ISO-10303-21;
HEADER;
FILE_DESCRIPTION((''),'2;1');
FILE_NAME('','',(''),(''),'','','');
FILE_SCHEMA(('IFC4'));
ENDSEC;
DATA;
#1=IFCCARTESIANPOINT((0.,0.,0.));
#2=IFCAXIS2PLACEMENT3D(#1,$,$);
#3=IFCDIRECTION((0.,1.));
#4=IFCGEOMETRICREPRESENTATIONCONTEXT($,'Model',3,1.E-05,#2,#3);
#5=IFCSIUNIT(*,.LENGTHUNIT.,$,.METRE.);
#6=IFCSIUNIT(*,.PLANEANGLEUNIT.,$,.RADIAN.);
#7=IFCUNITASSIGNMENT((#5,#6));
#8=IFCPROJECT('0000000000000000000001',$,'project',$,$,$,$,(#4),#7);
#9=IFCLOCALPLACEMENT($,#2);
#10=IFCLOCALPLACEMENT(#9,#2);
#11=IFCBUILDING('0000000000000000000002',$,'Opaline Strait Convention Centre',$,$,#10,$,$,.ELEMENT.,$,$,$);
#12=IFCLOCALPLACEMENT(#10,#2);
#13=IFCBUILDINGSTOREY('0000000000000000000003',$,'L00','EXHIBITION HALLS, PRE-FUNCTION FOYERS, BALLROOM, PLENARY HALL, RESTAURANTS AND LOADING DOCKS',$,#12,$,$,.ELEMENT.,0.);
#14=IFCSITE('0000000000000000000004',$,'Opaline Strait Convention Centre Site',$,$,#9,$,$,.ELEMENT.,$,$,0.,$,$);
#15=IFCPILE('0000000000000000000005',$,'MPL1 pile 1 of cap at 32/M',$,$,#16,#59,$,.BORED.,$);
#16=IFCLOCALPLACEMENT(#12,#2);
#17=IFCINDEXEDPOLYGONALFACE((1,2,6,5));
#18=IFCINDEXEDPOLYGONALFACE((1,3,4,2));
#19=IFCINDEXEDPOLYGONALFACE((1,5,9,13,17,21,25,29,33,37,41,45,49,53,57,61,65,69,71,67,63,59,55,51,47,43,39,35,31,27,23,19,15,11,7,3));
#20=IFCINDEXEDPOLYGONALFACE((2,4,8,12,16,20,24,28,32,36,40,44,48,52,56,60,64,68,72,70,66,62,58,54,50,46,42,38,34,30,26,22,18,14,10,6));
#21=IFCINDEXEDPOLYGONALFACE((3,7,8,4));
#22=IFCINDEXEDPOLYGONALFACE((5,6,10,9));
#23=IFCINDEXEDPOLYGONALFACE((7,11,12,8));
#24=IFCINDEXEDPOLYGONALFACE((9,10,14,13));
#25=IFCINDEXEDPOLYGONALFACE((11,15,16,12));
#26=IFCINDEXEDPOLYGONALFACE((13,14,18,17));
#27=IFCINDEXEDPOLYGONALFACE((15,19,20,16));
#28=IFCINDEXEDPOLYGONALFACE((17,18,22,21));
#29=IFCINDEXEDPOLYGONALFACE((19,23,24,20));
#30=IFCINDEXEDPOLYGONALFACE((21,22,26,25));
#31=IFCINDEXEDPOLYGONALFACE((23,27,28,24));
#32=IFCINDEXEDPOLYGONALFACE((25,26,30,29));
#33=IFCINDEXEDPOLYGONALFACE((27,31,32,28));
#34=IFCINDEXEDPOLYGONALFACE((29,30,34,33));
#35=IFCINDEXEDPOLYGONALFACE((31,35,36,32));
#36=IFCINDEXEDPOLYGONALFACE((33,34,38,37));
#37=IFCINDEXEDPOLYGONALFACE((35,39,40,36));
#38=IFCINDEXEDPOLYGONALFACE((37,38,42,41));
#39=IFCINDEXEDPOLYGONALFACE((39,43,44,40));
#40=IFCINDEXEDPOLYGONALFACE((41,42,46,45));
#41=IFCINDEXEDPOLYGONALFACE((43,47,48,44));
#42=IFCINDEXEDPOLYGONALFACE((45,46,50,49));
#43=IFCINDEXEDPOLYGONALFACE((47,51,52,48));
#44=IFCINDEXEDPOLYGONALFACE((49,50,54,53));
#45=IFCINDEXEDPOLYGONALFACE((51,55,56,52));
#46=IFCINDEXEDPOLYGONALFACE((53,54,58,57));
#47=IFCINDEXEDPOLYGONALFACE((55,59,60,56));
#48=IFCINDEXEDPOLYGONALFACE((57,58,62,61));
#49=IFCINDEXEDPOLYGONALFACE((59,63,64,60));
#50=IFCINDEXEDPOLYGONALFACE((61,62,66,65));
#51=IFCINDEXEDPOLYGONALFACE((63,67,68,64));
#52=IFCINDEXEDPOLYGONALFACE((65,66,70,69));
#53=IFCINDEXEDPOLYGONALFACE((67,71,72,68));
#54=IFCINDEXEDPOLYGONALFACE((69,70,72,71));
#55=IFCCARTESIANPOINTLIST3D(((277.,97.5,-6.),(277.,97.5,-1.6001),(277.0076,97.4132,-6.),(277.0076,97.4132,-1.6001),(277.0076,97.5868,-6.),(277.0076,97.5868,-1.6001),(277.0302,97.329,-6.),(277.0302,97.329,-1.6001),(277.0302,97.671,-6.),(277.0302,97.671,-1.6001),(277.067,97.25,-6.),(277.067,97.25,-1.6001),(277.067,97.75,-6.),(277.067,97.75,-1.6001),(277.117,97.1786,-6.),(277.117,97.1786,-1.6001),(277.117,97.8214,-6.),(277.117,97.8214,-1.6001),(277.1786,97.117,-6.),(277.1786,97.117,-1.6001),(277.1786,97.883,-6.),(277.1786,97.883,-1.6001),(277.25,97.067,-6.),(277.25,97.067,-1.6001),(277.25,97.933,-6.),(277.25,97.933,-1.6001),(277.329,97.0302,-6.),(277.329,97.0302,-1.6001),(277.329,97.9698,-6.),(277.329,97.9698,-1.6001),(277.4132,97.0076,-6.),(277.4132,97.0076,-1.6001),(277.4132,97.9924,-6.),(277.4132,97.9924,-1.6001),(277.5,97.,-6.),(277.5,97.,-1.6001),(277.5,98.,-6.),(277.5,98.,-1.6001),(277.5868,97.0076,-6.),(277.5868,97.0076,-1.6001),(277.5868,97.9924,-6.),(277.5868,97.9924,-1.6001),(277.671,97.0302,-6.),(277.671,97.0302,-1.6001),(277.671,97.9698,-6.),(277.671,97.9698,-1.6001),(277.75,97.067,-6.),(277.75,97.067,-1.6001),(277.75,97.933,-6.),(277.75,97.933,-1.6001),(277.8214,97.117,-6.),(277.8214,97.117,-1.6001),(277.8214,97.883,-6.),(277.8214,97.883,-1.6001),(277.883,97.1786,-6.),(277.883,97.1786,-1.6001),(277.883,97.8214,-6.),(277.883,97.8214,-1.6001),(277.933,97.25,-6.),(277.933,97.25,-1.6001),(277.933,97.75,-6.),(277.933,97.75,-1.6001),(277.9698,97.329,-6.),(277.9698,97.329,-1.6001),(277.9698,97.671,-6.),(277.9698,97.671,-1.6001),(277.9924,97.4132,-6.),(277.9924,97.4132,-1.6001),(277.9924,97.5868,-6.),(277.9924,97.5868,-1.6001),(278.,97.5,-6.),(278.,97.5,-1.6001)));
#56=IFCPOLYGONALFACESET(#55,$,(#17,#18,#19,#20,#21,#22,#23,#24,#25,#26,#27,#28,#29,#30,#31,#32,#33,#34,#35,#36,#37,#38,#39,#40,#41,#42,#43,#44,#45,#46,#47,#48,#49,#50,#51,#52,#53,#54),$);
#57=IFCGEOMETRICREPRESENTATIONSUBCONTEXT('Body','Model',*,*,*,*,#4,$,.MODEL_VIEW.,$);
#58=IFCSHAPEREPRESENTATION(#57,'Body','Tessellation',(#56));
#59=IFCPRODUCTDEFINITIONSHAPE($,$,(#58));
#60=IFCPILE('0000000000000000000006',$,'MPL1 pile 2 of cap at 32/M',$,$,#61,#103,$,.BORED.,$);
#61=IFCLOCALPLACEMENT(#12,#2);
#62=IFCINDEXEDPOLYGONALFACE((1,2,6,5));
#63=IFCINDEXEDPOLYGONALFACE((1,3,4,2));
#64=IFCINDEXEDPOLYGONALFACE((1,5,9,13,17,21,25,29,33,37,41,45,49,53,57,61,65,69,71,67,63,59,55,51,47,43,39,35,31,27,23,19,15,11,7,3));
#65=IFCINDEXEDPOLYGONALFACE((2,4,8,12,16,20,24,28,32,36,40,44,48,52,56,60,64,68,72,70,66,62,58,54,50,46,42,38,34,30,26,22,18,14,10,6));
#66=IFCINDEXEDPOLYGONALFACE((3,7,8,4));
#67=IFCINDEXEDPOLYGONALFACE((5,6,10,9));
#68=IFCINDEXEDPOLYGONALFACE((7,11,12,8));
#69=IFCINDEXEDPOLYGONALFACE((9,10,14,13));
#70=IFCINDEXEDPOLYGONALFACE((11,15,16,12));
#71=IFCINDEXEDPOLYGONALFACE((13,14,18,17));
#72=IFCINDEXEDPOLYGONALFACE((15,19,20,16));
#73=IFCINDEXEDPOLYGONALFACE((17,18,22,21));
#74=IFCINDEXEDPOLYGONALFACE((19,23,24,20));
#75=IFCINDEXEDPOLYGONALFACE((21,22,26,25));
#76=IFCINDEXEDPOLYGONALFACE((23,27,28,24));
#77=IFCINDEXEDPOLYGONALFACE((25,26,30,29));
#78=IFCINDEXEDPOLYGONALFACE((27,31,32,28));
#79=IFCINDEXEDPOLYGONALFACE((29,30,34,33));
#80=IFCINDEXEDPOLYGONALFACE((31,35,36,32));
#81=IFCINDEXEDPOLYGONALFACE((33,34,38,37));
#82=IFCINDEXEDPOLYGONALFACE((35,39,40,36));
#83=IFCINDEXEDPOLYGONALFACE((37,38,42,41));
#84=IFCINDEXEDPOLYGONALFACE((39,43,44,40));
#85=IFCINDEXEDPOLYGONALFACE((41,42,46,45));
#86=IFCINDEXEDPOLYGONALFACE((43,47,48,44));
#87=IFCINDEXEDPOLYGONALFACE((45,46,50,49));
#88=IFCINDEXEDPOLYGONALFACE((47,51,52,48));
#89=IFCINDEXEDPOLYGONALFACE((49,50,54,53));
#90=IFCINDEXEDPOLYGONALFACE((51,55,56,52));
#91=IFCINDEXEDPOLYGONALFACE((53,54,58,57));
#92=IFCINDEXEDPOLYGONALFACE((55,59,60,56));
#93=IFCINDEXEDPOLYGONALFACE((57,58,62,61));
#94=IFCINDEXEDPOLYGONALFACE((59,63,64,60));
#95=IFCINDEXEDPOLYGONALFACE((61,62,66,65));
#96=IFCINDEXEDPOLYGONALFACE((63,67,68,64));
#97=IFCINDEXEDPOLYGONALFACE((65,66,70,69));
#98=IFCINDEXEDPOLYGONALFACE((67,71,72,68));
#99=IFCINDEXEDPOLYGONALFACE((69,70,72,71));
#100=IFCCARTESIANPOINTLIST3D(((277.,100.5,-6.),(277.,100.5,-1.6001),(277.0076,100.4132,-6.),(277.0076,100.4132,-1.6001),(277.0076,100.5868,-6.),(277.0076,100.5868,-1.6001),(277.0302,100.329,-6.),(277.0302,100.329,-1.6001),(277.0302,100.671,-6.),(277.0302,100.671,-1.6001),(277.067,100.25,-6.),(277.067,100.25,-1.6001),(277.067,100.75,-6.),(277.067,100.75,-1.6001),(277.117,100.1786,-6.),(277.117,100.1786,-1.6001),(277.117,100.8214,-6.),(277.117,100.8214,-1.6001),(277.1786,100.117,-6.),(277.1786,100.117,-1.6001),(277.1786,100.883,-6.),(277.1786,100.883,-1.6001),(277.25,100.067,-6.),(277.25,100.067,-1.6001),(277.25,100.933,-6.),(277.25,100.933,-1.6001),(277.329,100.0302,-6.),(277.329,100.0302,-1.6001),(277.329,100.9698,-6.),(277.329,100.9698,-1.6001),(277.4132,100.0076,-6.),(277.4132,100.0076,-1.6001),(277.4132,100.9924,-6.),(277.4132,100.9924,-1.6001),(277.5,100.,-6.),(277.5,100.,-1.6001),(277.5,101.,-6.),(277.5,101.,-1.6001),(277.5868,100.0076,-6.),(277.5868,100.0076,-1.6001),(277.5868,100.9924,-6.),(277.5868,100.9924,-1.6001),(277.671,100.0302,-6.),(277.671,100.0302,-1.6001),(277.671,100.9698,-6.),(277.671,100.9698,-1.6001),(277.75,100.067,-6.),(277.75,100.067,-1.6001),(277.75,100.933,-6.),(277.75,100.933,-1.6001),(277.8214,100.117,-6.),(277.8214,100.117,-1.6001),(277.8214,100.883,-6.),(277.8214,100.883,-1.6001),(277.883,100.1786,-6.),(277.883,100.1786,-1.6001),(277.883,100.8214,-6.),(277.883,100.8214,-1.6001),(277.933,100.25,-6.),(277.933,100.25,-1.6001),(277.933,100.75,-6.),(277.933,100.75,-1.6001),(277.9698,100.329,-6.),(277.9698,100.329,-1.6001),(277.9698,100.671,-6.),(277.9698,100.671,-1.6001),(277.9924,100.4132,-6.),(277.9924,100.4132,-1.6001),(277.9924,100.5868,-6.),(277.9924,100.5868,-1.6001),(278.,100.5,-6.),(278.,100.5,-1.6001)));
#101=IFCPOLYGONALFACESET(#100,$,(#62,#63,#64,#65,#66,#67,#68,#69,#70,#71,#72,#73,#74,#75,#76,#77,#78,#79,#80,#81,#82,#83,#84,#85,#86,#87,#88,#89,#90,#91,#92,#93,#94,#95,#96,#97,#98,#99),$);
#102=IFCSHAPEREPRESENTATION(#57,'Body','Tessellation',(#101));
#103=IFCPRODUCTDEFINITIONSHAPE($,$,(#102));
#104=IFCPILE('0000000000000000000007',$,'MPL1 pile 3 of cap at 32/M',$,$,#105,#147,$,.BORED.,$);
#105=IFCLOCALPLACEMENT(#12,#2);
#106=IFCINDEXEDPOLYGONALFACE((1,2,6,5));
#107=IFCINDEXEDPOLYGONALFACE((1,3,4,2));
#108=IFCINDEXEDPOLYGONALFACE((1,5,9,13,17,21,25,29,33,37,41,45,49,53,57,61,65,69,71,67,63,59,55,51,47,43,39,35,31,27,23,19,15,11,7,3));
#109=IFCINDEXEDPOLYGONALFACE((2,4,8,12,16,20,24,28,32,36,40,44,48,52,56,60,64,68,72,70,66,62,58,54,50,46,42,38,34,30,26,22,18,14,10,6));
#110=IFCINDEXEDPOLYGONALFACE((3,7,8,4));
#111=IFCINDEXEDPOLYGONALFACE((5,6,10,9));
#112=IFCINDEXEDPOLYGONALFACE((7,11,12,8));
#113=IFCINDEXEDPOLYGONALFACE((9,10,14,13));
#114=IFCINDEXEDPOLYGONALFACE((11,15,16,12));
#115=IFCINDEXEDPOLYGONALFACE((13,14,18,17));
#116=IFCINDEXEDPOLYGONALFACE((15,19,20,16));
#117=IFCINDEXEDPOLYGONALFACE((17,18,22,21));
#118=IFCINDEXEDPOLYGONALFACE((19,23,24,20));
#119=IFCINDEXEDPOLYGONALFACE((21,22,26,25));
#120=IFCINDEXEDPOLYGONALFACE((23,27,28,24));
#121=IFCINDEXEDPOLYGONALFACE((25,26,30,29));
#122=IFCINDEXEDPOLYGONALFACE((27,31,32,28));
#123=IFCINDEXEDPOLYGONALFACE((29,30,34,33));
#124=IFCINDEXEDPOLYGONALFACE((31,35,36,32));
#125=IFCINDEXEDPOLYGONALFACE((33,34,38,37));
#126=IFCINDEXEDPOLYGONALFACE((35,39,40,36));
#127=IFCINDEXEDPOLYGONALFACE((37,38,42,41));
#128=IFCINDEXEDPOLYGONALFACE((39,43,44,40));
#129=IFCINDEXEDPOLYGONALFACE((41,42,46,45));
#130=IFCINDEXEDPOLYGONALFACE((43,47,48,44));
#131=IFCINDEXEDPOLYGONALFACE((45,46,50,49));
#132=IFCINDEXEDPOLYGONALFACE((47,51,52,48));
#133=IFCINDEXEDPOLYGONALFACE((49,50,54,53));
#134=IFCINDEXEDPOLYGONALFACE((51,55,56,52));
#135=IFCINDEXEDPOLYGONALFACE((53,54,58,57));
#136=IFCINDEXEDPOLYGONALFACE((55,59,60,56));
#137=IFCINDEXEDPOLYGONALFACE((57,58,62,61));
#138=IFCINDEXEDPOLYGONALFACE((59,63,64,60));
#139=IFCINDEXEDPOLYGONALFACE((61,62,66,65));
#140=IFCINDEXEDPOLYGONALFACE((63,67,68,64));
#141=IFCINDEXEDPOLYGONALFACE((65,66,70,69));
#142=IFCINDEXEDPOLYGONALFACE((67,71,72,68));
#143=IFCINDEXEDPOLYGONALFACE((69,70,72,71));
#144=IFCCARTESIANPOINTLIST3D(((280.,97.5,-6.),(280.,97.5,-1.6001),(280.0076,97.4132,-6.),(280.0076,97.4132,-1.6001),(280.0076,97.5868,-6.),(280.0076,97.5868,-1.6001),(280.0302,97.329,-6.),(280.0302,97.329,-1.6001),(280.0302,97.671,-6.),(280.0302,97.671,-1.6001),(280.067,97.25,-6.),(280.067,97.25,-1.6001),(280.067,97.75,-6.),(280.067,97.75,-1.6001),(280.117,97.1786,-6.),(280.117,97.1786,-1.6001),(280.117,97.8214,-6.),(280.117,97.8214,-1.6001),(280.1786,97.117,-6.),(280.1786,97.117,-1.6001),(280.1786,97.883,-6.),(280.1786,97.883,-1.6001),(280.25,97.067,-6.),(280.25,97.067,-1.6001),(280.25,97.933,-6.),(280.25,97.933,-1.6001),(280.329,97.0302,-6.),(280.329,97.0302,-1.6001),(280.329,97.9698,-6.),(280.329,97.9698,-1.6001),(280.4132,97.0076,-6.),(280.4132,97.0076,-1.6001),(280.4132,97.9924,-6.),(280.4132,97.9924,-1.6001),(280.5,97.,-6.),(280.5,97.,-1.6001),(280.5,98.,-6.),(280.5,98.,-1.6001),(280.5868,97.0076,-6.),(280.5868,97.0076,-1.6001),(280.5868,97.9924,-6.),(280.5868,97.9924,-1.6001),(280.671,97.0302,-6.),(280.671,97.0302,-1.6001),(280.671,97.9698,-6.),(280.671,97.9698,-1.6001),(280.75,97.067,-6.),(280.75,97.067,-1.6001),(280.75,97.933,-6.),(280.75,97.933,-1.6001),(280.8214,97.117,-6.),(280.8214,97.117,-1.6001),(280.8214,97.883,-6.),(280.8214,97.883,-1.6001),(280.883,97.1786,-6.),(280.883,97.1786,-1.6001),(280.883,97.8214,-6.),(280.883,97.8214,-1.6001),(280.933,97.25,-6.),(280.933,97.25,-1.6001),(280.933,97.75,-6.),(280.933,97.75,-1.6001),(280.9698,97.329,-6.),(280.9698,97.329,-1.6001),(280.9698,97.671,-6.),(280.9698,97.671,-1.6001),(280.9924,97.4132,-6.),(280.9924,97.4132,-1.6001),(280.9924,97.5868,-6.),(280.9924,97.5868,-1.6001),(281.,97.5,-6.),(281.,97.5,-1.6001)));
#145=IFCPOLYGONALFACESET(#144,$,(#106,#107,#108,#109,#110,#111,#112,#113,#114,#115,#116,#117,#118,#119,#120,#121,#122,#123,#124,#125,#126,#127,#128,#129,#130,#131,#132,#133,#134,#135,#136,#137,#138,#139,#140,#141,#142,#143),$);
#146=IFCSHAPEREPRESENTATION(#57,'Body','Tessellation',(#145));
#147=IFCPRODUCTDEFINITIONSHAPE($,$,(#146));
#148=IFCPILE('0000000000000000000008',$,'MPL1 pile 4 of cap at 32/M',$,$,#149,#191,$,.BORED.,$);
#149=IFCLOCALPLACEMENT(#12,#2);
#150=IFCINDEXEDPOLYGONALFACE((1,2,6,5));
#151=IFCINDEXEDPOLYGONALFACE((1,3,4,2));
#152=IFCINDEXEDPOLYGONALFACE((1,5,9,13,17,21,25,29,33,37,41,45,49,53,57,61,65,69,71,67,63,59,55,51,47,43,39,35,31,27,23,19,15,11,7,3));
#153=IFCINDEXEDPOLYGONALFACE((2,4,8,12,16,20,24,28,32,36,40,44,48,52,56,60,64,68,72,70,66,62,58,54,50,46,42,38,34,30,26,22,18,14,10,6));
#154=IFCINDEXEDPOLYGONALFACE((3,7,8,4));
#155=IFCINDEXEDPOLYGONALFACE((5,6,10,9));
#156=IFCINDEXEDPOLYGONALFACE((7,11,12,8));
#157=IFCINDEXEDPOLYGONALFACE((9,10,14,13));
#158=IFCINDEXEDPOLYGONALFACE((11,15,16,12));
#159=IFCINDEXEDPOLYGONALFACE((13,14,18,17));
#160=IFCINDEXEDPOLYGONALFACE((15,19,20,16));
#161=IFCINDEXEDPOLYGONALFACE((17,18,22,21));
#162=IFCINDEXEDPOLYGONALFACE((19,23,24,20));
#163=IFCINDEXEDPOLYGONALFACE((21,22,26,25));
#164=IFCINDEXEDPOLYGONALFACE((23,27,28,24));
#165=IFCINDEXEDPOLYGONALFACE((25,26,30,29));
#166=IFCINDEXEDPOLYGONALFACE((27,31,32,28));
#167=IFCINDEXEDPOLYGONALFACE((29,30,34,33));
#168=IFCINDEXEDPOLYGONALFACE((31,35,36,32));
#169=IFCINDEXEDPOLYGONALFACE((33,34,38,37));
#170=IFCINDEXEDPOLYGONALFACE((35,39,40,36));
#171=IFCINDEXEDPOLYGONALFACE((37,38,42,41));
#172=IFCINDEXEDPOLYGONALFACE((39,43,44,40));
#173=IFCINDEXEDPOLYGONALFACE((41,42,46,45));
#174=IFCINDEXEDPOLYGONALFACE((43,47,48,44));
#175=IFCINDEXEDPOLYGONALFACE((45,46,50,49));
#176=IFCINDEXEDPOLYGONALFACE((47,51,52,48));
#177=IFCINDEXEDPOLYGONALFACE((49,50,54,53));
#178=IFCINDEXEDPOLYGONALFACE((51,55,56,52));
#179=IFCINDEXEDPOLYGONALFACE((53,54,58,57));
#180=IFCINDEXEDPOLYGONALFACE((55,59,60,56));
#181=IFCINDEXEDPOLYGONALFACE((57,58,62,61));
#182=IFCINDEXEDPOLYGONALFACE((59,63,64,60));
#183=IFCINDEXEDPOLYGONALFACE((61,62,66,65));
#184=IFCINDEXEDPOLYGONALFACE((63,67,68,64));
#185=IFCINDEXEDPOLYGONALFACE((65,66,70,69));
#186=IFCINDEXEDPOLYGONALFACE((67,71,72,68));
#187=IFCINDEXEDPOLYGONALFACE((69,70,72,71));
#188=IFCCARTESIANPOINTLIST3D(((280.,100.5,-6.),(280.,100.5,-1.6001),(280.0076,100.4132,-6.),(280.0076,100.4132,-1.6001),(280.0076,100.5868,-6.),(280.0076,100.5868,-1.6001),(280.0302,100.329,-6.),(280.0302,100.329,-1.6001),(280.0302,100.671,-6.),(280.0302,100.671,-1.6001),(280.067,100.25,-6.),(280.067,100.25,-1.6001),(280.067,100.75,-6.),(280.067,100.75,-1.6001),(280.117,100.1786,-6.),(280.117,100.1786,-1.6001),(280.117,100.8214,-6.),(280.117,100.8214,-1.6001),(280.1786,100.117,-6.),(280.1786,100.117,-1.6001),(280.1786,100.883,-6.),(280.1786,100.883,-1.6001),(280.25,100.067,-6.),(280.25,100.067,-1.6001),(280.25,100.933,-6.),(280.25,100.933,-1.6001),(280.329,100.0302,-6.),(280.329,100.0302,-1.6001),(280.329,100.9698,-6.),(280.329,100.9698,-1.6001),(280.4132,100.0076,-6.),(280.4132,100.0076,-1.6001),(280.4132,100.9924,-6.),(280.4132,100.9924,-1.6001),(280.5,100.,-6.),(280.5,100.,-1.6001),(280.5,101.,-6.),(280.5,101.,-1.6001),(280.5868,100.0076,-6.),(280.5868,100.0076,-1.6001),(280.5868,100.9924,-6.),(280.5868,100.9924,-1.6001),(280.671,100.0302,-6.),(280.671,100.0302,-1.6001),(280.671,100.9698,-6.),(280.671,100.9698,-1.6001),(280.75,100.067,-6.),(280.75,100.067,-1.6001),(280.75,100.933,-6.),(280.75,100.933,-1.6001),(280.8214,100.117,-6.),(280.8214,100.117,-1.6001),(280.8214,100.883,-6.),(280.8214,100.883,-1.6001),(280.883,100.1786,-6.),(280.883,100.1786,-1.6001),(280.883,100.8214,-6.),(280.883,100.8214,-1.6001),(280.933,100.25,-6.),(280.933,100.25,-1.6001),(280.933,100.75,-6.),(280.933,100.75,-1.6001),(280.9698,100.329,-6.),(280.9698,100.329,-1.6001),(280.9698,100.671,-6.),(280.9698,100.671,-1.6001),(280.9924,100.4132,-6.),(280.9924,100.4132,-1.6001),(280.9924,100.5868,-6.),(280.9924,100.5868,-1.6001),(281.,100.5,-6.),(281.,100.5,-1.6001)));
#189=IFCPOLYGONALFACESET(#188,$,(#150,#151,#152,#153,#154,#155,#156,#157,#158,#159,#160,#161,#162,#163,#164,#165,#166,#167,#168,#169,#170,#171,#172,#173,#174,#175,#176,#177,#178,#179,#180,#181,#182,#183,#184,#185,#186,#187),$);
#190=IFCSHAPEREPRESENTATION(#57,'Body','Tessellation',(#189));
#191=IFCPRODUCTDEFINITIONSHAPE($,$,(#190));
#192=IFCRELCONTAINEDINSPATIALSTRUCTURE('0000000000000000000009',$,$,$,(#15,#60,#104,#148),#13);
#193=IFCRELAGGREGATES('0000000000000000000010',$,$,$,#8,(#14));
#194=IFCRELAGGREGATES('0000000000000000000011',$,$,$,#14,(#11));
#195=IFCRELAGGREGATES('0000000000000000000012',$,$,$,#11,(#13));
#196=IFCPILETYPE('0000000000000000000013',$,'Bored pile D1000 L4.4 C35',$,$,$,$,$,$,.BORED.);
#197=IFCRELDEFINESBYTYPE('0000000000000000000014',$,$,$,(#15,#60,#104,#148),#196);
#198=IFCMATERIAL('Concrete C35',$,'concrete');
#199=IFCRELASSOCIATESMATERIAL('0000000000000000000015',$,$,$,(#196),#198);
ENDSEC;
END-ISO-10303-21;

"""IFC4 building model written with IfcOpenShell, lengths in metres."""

from ifc_helpers import new_model, si_unit, direction, frame, origin, origin_2d, place, context, subcontext, project, spatial, circle, extrude, material, material_profile, profile_set, type_object, element, save


model = new_model("IFC4")

# Units and contexts
model_context = context("Model", 3, precision=1e-05, world=origin(), true_north=direction((0.0, 1.0)))
body_context = subcontext(model_context, "Body", "Model", "MODEL_VIEW")
ifc_project = project(units=[si_unit("LENGTHUNIT", "METRE"), si_unit("PLANEANGLEUNIT", "RADIAN")], contexts=[model_context])

# Site, building, storey
site_placement = place(None, origin())
site = spatial("IfcSite", under=ifc_project, at=site_placement, Name="Opaline Strait Convention Centre Site", CompositionType="ELEMENT", RefElevation=0.0)
building_placement = place(site_placement, origin())
building = spatial("IfcBuilding", under=site, at=building_placement, Name="Opaline Strait Convention Centre", CompositionType="ELEMENT")
storey_placement = place(building_placement, origin())
storey = spatial("IfcBuildingStorey", under=building, at=storey_placement, Name="L00", Description="EXHIBITION HALLS, PRE-FUNCTION FOYERS, BALLROOM, PLENARY HALL, RESTAURANTS AND LOADING DOCKS", CompositionType="ELEMENT", Elevation=0.0)

# Piles
ifc_material_1 = material(Name="Concrete C35", Category="concrete")
ifc_material_profile_1 = material_profile(ifc_material_1, circle(Radius=0.5, at=origin_2d()), Name="D1000")
ifc_profile_set_1 = profile_set([ifc_material_profile_1], Name="Concrete C35")
pile_type = type_object("IfcPileType", Name="Bored pile D1000 L4.4 C35", PredefinedType="BORED", material=ifc_profile_set_1)
for number, where, z_axis, x_axis, name in (
    (1, (277.5, 97.5, -1.6001), (0.0, 0.0, -1.0), (1.0, 0.0, 0.0), "MPL1 pile 1 of cap at 32/M"),
    (2, (277.5, 100.5, -1.6001), (0.0, 0.0, -1.0), (1.0, 0.0, 0.0), "MPL1 pile 2 of cap at 32/M"),
    (3, (280.5, 97.5, -1.6001), (0.0, 0.0, -1.0), (1.0, 0.0, 0.0), "MPL1 pile 3 of cap at 32/M"),
    (4, (280.5, 100.5, -1.6001), (0.0, 0.0, -1.0), (1.0, 0.0, 0.0), "MPL1 pile 4 of cap at 32/M"),
):
    element("IfcPile", number, at=place(storey_placement, frame(where, z_axis=z_axis, x_axis=x_axis)), inside=storey, type_object=pile_type, Name=name, PredefinedType="BORED", context=body_context, shape_type="SweptSolid", body=[
        extrude(circle(Radius=0.5, at=origin_2d()), origin(), (0.0, 0.0, 1.0), 4.3999),
    ])

save(model, "model.ifc")
